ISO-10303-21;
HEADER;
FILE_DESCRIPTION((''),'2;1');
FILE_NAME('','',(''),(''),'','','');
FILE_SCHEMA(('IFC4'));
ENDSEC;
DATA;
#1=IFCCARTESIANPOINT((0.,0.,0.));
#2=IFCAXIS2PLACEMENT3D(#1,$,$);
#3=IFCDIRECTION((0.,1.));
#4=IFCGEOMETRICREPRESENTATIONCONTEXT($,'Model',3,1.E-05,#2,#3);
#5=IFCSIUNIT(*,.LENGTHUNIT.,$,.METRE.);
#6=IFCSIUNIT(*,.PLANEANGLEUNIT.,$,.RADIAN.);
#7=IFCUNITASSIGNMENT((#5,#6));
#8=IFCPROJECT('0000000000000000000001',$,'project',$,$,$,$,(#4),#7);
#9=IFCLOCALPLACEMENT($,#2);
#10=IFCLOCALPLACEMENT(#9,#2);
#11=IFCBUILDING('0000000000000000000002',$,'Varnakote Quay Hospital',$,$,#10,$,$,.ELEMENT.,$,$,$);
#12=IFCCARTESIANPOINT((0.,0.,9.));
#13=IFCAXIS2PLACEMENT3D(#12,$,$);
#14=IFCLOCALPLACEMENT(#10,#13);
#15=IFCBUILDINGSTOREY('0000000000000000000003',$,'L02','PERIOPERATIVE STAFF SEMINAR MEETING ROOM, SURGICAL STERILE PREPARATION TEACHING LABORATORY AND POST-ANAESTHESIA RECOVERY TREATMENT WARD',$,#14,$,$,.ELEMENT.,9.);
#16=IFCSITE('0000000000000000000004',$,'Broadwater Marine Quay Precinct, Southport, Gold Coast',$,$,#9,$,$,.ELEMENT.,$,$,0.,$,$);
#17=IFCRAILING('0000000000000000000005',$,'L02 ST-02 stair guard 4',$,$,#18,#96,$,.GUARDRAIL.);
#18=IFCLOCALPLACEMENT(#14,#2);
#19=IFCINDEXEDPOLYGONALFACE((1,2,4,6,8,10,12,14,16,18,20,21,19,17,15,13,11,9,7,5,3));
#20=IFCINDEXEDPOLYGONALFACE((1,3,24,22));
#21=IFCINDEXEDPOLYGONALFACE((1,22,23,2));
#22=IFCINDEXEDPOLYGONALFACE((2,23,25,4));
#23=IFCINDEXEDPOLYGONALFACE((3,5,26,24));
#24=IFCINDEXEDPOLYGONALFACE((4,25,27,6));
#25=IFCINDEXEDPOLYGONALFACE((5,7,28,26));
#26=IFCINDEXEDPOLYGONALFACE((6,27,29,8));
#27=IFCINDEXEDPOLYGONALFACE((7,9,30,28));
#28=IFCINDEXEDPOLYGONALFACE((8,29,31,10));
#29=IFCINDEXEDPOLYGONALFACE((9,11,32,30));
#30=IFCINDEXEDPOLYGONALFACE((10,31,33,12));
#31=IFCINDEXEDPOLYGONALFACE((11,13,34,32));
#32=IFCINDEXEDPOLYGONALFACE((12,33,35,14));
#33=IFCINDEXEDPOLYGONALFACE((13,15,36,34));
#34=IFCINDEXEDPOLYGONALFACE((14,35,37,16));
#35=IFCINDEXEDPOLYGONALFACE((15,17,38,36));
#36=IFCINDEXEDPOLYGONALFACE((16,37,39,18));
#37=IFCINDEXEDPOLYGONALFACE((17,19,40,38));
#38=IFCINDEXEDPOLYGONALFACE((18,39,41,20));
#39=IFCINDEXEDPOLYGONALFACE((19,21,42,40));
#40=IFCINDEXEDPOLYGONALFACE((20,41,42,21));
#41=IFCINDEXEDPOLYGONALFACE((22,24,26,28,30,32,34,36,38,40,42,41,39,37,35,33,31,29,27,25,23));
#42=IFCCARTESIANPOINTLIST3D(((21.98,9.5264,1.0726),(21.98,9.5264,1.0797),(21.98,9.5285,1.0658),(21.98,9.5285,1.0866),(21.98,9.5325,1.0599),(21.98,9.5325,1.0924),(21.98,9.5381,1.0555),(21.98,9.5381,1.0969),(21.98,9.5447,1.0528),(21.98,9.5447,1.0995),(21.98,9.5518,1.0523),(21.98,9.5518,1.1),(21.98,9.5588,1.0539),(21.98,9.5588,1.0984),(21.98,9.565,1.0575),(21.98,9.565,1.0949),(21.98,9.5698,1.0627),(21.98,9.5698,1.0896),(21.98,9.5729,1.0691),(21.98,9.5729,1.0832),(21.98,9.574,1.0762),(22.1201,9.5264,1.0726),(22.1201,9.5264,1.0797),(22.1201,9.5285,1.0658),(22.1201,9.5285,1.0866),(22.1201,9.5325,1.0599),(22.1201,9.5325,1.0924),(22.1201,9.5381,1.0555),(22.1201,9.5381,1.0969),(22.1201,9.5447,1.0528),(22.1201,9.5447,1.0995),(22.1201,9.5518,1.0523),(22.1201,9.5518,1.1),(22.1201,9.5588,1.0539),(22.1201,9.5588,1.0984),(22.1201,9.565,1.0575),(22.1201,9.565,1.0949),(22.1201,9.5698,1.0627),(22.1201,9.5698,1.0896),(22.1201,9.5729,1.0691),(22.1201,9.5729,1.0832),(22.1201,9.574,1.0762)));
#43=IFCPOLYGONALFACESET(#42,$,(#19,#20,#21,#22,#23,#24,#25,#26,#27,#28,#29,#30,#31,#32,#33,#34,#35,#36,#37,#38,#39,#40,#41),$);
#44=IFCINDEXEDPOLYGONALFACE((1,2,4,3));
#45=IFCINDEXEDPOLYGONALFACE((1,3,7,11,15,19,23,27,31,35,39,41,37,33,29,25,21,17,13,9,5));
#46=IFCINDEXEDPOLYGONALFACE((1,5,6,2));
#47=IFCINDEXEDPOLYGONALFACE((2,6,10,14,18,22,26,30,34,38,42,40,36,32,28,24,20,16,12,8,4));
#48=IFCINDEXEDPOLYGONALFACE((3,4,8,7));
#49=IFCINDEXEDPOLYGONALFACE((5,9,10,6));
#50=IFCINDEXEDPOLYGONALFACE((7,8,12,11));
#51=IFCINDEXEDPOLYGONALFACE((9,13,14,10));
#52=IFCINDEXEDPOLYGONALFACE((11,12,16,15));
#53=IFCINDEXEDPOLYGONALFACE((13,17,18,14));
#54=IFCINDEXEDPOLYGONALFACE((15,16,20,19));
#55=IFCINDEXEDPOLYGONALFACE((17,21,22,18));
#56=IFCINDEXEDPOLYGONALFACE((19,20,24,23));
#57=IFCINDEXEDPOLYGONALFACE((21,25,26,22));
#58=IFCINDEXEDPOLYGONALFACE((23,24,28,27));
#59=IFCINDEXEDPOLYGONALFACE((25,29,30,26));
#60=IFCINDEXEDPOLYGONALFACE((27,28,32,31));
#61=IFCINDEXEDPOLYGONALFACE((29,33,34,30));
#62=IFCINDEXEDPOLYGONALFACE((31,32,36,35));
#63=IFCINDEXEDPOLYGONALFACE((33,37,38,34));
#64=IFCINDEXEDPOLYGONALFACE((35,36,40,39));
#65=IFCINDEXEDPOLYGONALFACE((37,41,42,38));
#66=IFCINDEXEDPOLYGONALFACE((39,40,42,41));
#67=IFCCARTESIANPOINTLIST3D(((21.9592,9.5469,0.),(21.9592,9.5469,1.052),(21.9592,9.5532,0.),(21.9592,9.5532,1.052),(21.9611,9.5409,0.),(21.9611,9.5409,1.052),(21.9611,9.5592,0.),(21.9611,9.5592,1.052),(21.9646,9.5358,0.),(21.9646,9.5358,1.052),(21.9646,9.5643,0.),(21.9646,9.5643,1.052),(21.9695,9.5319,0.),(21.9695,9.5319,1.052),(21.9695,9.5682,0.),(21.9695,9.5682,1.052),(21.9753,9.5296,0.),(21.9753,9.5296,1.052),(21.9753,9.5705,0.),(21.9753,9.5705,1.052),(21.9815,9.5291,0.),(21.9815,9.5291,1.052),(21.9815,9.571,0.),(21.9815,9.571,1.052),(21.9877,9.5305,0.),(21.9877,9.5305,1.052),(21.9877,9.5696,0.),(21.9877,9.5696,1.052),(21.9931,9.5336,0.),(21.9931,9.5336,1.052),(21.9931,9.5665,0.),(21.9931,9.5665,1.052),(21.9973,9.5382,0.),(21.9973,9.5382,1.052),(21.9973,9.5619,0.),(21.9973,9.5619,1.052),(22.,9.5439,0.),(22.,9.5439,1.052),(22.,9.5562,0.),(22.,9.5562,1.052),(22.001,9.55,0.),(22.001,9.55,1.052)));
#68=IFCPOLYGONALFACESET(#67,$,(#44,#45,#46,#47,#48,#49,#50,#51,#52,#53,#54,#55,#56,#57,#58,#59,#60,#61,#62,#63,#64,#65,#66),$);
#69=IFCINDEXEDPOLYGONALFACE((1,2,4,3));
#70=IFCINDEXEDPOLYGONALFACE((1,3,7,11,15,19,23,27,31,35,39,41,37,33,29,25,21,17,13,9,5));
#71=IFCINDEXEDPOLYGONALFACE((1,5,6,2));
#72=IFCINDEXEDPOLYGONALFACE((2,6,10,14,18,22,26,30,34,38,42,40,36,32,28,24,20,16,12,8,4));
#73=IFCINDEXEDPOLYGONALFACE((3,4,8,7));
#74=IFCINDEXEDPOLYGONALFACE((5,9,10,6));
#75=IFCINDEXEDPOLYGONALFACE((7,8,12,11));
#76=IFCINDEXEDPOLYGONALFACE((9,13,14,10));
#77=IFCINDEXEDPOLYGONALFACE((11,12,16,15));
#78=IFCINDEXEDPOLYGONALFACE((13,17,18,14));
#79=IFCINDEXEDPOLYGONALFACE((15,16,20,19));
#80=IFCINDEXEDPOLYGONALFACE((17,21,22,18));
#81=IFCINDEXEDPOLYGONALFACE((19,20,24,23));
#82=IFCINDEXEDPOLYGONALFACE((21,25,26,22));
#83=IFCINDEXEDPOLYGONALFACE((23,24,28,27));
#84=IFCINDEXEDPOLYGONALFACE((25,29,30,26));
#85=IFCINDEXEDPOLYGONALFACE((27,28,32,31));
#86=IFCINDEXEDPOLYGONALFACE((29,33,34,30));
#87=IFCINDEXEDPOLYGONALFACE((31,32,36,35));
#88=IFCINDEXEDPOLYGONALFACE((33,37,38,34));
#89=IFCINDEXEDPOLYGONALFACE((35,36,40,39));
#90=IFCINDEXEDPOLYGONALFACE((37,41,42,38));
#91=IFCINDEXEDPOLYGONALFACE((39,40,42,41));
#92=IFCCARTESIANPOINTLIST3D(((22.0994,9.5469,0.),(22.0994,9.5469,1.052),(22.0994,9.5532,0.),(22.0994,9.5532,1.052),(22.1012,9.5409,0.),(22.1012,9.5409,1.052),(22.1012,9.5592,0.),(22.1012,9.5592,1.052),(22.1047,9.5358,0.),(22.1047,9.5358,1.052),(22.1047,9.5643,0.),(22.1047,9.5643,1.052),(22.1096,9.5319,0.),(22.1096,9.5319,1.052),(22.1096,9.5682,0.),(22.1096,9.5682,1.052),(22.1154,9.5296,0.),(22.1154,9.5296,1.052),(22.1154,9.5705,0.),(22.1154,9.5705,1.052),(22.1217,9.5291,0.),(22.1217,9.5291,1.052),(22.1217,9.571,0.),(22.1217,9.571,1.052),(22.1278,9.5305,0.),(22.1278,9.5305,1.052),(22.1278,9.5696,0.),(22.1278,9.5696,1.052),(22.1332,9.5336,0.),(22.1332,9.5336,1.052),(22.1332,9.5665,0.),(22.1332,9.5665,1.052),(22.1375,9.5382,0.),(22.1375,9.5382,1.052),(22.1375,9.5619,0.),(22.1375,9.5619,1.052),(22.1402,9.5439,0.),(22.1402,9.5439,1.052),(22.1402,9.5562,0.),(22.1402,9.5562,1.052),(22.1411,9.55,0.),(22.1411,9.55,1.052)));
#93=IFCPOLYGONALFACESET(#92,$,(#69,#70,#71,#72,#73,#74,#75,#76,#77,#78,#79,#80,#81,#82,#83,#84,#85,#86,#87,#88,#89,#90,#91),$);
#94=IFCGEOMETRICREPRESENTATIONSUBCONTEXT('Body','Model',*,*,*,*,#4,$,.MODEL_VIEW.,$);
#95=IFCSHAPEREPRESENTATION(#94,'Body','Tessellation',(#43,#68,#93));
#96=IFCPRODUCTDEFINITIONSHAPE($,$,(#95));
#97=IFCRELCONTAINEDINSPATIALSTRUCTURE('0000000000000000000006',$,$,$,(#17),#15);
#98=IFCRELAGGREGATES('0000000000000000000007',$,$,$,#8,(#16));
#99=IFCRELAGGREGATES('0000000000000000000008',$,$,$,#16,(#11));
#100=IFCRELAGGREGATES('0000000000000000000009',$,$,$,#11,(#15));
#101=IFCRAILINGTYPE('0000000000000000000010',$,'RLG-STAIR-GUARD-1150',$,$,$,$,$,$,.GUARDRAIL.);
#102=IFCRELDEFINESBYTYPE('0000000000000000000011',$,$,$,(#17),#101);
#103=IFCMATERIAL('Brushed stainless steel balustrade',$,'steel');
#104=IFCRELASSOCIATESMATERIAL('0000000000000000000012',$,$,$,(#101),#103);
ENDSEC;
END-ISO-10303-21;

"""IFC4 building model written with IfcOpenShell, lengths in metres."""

from ifc_helpers import new_model, si_unit, direction, frame, origin, origin_2d, place, context, subcontext, project, spatial, circle, extrude, material, type_object, element, save


model = new_model("IFC4")

# Units and contexts
model_context = context("Model", 3, precision=1e-05, world=origin(), true_north=direction((0.0, 1.0)))
body_context = subcontext(model_context, "Body", "Model", "MODEL_VIEW")
ifc_project = project(units=[si_unit("LENGTHUNIT", "METRE"), si_unit("PLANEANGLEUNIT", "RADIAN")], contexts=[model_context])

# Site, building, storey
site_placement = place(None, origin())
site = spatial("IfcSite", under=ifc_project, at=site_placement, Name="Broadwater Marine Quay Precinct, Southport, Gold Coast", CompositionType="ELEMENT", RefElevation=0.0)
building_placement = place(site_placement, origin())
building = spatial("IfcBuilding", under=site, at=building_placement, Name="Varnakote Quay Hospital", CompositionType="ELEMENT")
storey_placement = place(building_placement, frame((0.0, 0.0, 9.0)))
storey = spatial("IfcBuildingStorey", under=building, at=storey_placement, Name="L02", Description="PERIOPERATIVE STAFF SEMINAR MEETING ROOM, SURGICAL STERILE PREPARATION TEACHING LABORATORY AND POST-ANAESTHESIA RECOVERY TREATMENT WARD", CompositionType="ELEMENT", Elevation=9.0)

# Railing
ifc_material_1 = material(Name="Brushed stainless steel balustrade", Category="steel")
railing_type_1 = type_object("IfcRailingType", Name="RLG-STAIR-GUARD-1150", PredefinedType="GUARDRAIL", material=ifc_material_1)
railing_1_placement = place(storey_placement, frame((21.98, 9.55, 0.0)))
element("IfcRailing", 1, at=railing_1_placement, inside=storey, type_object=railing_type_1, Name="L02 ST-02 stair guard 4", PredefinedType="GUARDRAIL", context=body_context, shape_type="SweptSolid", body=[
    extrude(circle(Radius=0.0239, at=origin_2d()), frame((0.0, 0.0, 1.0762), z_axis=(1.0, 0.0, 0.0), x_axis=(0.0, 1.0, 0.0)), (0.0, 0.0, 1.0), 0.1401),
    extrude(circle(Radius=0.021, at=origin_2d()), origin(), (0.0, 0.0, 1.0), 1.052),
    extrude(circle(Radius=0.021, at=origin_2d()), frame((0.1401, 0.0, 0.0)), (0.0, 0.0, 1.0), 1.052),
])

save(model, "model.ifc")
